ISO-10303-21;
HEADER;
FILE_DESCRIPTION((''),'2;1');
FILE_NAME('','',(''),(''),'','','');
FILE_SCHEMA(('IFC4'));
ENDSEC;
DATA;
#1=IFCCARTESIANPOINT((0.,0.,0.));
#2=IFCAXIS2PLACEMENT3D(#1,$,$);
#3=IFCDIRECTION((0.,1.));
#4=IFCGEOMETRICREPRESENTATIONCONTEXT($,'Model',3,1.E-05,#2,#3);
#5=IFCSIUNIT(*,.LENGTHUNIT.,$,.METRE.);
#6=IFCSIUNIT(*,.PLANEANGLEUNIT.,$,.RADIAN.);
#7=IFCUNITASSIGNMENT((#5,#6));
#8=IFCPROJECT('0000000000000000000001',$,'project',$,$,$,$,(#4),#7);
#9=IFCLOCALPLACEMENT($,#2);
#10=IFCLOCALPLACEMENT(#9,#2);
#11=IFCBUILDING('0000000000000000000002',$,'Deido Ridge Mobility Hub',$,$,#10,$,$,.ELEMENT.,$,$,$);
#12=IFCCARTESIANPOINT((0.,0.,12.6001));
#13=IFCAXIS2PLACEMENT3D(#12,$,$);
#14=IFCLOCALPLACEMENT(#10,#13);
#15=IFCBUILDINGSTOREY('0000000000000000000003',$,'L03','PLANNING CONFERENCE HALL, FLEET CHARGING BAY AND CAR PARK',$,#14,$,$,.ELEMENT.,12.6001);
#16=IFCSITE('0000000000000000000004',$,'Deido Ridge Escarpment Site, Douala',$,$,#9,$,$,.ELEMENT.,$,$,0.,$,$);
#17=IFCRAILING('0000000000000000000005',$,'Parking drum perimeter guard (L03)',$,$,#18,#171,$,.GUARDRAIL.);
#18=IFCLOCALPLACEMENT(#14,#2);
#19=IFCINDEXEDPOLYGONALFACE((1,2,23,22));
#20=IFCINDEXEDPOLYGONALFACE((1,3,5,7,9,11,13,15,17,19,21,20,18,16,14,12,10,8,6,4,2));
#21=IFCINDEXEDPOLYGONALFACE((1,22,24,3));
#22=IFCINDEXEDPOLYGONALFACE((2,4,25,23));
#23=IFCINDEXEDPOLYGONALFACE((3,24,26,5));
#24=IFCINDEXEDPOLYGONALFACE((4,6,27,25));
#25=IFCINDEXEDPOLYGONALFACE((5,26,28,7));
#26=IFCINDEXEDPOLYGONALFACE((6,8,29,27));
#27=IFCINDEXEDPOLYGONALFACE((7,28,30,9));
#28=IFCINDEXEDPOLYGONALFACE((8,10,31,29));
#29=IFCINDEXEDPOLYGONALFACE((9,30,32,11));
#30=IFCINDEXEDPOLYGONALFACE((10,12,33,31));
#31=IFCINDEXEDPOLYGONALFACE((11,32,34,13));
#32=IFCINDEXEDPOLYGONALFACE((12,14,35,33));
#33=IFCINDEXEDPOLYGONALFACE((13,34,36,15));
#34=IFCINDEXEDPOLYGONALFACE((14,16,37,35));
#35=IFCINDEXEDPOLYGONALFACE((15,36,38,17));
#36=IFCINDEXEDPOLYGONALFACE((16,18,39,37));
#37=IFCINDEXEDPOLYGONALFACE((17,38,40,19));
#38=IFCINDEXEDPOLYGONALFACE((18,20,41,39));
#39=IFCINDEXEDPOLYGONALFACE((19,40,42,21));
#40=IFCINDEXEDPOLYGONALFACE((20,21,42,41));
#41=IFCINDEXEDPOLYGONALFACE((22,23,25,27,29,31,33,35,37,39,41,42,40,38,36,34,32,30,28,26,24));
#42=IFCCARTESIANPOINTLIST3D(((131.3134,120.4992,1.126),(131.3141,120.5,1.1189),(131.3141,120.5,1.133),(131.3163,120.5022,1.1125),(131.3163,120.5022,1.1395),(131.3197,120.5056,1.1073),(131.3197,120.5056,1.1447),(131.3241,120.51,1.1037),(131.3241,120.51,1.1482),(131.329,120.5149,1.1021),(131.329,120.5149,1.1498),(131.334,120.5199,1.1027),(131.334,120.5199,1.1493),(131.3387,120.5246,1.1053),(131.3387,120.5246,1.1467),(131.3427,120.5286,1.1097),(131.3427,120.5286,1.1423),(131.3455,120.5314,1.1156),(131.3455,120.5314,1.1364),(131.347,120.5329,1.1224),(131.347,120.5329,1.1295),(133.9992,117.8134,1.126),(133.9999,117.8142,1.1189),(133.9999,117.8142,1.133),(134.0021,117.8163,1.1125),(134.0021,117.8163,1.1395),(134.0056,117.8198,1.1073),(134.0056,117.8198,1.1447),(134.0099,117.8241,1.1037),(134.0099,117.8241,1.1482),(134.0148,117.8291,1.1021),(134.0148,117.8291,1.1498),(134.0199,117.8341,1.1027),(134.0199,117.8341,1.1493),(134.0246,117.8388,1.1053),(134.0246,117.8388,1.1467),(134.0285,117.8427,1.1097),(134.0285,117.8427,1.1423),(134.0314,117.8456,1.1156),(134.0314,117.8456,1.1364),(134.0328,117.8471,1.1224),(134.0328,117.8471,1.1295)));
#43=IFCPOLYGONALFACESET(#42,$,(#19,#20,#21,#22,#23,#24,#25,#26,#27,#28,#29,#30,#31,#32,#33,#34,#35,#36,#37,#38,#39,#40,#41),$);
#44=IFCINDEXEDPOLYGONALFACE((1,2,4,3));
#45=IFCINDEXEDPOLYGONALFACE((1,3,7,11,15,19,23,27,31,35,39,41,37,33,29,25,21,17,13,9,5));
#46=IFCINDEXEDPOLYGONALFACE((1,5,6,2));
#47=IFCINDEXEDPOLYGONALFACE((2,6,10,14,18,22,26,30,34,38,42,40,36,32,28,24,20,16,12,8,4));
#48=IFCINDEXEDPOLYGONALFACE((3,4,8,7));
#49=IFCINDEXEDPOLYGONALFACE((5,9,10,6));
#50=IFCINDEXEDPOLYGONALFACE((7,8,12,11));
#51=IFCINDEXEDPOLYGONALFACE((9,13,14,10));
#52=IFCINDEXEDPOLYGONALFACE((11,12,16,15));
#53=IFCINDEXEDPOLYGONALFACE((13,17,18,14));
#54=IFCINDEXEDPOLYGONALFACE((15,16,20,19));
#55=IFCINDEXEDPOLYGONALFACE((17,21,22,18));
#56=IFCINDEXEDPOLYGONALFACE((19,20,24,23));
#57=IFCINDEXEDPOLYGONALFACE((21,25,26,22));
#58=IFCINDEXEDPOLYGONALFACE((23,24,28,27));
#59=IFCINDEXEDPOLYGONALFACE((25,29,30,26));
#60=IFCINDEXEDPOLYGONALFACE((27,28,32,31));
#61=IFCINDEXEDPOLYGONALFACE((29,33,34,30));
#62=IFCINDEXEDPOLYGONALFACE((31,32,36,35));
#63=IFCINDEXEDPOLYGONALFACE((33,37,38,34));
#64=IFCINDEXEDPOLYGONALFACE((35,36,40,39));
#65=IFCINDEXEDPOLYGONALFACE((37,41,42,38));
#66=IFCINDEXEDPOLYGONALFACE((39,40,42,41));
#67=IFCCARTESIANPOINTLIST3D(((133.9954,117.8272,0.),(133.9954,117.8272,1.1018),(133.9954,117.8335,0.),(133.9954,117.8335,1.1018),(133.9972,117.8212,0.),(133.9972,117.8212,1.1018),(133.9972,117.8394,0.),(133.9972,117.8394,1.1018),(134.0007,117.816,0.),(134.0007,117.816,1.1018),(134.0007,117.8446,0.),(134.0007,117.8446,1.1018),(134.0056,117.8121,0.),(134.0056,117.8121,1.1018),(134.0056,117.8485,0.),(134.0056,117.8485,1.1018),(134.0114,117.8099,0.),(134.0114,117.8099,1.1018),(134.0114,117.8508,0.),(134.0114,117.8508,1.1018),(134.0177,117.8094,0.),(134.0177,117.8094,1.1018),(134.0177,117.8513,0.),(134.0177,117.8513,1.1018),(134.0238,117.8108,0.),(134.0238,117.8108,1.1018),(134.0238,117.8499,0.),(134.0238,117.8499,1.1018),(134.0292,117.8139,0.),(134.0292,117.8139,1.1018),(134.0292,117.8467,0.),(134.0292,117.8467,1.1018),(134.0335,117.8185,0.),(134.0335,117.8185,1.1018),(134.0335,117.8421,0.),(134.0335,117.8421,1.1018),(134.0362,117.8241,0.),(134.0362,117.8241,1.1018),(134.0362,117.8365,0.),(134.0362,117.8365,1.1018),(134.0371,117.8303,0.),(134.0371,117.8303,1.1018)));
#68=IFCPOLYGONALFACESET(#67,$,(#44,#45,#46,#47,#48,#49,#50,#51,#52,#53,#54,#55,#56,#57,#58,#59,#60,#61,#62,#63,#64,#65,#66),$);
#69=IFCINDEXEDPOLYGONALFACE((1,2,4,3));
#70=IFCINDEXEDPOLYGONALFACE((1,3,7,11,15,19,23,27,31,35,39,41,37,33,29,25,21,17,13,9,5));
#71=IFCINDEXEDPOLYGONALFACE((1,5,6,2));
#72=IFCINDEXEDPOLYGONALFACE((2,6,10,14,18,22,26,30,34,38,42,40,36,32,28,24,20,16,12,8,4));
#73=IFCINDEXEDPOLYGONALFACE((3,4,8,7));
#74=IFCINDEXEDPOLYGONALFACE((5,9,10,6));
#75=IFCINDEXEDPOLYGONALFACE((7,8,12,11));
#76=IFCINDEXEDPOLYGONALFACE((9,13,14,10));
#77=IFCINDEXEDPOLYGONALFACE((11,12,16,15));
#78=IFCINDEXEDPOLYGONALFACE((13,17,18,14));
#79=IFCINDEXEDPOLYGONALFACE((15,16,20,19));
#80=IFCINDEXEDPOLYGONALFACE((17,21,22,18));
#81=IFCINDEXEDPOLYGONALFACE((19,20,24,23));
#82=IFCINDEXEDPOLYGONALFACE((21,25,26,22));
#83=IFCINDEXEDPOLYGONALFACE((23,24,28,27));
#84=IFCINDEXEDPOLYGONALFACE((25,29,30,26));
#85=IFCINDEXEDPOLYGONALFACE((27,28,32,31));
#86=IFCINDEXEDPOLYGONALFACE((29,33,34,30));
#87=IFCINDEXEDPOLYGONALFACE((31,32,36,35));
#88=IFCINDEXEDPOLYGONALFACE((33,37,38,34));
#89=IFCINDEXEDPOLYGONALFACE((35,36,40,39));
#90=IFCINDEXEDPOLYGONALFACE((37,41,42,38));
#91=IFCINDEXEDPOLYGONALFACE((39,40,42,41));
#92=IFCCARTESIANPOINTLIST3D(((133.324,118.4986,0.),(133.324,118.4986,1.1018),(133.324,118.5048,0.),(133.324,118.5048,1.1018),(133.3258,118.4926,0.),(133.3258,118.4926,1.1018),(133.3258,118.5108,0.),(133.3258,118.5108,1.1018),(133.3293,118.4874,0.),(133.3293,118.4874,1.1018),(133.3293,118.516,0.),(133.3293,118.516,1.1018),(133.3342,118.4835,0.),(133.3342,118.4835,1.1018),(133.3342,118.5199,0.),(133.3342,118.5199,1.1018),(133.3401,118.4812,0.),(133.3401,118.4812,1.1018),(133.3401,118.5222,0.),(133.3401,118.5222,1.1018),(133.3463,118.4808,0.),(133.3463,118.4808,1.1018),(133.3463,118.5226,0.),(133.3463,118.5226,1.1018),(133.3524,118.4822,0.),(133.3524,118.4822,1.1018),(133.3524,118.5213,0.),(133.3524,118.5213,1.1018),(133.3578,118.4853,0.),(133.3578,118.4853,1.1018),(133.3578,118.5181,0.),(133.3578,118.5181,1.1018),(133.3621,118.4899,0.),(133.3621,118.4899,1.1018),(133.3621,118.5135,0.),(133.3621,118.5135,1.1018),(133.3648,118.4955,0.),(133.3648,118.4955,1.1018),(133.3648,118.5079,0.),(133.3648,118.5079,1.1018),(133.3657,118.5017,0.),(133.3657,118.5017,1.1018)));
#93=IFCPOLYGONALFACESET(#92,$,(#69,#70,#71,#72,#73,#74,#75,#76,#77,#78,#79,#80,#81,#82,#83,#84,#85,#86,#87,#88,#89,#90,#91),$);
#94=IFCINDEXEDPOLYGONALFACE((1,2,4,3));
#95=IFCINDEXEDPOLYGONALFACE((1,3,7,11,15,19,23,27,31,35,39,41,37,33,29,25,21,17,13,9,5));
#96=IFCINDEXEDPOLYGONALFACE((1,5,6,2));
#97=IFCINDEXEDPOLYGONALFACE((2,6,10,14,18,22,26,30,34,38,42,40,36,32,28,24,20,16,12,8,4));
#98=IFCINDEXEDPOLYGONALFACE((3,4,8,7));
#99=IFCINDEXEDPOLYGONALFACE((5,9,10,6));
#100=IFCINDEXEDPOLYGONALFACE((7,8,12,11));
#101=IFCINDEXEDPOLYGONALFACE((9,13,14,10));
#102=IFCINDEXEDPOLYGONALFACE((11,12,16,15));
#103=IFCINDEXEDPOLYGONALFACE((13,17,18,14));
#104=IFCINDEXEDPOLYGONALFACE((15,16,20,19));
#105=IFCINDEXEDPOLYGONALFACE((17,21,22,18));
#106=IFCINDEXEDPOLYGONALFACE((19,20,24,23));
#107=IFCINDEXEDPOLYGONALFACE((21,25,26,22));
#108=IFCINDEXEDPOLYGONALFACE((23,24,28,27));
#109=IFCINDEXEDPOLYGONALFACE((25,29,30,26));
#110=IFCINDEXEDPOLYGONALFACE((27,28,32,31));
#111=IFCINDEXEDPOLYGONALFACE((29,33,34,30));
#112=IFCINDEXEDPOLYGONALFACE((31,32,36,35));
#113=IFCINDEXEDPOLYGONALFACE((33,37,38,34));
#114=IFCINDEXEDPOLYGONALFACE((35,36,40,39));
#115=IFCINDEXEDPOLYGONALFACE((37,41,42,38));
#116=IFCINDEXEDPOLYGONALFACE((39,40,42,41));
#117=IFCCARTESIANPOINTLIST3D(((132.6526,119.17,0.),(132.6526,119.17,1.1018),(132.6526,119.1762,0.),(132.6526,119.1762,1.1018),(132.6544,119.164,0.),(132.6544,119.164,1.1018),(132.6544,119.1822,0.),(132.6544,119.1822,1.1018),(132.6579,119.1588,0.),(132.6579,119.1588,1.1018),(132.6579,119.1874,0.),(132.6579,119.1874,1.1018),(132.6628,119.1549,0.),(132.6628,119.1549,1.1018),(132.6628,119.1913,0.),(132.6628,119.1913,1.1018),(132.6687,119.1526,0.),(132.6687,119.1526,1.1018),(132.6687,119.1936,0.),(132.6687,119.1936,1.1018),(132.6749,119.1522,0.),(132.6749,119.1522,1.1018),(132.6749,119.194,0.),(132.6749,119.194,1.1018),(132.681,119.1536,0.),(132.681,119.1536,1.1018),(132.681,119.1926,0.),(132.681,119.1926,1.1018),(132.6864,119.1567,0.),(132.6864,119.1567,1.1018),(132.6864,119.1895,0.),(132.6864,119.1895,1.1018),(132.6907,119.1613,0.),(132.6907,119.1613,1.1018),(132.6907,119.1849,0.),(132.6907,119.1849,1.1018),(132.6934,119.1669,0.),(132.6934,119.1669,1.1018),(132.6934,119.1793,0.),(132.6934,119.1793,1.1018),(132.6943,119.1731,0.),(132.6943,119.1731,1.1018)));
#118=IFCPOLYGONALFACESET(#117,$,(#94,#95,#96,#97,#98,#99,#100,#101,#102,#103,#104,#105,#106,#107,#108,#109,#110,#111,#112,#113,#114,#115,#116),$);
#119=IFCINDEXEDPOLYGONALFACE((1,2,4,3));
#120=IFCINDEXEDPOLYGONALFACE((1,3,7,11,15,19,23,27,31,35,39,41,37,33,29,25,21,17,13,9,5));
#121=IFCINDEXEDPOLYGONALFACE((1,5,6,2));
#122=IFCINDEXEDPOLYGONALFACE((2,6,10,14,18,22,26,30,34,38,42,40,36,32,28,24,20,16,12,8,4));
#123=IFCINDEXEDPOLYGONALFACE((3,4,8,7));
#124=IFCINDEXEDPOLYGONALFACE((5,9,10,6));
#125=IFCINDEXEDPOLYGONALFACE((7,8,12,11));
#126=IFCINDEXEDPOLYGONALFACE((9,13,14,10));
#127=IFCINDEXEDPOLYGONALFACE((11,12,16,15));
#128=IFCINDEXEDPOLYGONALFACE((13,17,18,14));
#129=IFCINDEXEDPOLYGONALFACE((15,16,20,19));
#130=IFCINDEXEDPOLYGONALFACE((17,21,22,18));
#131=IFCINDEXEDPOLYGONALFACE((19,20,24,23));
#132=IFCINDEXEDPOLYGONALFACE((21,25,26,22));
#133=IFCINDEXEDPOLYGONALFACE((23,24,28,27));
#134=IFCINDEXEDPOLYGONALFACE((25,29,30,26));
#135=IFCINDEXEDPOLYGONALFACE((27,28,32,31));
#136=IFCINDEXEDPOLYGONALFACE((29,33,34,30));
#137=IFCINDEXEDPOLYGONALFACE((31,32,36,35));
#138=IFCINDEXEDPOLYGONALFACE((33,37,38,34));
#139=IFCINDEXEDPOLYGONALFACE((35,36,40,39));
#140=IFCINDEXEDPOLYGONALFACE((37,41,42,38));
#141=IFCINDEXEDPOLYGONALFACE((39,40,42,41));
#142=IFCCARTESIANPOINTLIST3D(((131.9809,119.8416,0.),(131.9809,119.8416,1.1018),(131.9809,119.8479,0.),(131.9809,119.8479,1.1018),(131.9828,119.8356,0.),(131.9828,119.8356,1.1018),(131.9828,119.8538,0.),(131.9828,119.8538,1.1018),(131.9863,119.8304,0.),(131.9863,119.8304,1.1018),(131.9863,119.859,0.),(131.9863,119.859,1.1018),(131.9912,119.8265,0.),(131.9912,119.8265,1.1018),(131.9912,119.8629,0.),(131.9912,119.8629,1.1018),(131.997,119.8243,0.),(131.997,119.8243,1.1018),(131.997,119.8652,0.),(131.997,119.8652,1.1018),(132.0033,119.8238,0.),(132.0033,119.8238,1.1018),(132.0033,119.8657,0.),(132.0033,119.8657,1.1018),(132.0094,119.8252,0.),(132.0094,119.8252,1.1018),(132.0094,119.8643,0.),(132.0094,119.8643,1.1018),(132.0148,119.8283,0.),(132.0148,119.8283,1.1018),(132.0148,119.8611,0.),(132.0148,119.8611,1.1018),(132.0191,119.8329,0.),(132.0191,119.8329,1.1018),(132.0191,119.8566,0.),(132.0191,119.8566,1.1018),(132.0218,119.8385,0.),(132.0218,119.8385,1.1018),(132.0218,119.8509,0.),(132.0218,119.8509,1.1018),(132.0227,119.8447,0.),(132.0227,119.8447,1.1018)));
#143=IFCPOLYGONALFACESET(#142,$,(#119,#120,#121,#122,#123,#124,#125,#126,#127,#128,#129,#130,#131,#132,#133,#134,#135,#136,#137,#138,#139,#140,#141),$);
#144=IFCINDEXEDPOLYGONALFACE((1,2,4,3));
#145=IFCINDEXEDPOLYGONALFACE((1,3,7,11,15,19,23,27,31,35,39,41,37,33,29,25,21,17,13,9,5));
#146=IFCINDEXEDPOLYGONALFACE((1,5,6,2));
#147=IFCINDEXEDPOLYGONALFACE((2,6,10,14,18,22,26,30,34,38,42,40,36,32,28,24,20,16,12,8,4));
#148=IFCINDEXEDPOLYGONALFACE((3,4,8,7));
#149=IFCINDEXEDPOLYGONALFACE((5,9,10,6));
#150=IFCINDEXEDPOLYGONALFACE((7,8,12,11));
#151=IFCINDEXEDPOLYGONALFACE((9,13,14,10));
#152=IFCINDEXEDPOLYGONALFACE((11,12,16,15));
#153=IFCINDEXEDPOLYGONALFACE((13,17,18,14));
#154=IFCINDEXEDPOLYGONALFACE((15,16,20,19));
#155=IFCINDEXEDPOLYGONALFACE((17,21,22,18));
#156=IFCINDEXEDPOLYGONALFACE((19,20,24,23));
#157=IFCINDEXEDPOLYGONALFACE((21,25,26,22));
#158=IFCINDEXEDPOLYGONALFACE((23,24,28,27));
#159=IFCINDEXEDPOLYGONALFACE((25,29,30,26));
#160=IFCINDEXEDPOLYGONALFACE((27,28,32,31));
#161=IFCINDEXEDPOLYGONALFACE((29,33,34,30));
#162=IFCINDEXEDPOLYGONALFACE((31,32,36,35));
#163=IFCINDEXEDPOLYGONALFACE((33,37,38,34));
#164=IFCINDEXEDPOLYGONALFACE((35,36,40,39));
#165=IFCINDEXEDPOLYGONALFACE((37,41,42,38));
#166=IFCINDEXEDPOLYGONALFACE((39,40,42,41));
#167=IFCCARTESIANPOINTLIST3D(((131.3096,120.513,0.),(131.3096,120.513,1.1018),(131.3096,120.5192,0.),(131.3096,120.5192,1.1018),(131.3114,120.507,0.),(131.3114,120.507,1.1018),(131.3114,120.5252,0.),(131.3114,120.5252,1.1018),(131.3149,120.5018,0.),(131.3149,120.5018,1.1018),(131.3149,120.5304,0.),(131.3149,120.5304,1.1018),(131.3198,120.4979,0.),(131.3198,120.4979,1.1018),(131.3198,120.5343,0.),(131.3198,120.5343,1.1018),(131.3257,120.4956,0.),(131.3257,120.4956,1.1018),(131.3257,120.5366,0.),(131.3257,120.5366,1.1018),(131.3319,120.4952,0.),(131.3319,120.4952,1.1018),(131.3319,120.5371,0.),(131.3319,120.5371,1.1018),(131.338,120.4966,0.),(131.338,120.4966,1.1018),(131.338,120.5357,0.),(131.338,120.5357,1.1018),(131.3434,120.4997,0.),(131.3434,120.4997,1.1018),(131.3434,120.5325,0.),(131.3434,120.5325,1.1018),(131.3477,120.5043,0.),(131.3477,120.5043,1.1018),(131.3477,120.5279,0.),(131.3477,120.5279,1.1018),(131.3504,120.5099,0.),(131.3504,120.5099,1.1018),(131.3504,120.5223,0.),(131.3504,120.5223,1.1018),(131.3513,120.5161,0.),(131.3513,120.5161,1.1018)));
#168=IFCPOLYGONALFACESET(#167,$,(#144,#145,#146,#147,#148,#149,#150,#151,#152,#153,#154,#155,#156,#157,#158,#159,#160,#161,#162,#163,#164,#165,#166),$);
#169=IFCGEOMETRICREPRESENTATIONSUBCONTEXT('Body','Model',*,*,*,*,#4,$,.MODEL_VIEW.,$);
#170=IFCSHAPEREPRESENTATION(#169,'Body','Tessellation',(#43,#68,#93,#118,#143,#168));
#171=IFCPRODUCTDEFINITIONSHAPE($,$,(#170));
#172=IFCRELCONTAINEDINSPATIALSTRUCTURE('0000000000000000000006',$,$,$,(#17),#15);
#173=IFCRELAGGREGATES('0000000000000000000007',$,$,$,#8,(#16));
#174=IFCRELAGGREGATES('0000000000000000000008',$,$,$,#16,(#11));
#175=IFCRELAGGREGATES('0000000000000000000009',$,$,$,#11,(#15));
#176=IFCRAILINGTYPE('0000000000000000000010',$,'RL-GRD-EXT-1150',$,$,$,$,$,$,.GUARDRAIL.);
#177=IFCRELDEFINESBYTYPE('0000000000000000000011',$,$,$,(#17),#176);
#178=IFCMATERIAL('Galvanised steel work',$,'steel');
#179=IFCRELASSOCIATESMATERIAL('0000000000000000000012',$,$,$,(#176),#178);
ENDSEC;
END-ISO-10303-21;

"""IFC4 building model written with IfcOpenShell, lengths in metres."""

from ifc_helpers import new_model, si_unit, direction, frame, origin, origin_2d, place, context, subcontext, project, spatial, circle, extrude, material, type_object, element, save


model = new_model("IFC4")

# Units and contexts
model_context = context("Model", 3, precision=1e-05, world=origin(), true_north=direction((0.0, 1.0)))
body_context = subcontext(model_context, "Body", "Model", "MODEL_VIEW")
ifc_project = project(units=[si_unit("LENGTHUNIT", "METRE"), si_unit("PLANEANGLEUNIT", "RADIAN")], contexts=[model_context])

# Site, building, storey
site_placement = place(None, origin())
site = spatial("IfcSite", under=ifc_project, at=site_placement, Name="Deido Ridge Escarpment Site, Douala", CompositionType="ELEMENT", RefElevation=0.0)
building_placement = place(site_placement, origin())
building = spatial("IfcBuilding", under=site, at=building_placement, Name="Deido Ridge Mobility Hub", CompositionType="ELEMENT")
storey_placement = place(building_placement, frame((0.0, 0.0, 12.6001)))
storey = spatial("IfcBuildingStorey", under=building, at=storey_placement, Name="L03", Description="PLANNING CONFERENCE HALL, FLEET CHARGING BAY AND CAR PARK", CompositionType="ELEMENT", Elevation=12.6001)

# Railing
ifc_material_1 = material(Name="Galvanised steel work", Category="steel")
railing_type = type_object("IfcRailingType", Name="RL-GRD-EXT-1150", PredefinedType="GUARDRAIL", material=ifc_material_1)
railing_1_placement = place(storey_placement, frame((134.0161, 117.8303, 0.0)))
element("IfcRailing", 1, at=railing_1_placement, inside=storey, type_object=railing_type, Name="Parking drum perimeter guard (L03)", PredefinedType="GUARDRAIL", context=body_context, shape_type="SweptSolid", body=[
    extrude(circle(Radius=0.0239, at=origin_2d()), frame((0.0, 0.0, 1.126), z_axis=(-0.707107, 0.707107, 0.0), x_axis=(-0.707107, -0.707107, 0.0)), (0.0, 0.0, 1.0), 3.7983),
    extrude(circle(Radius=0.021, at=origin_2d()), origin(), (0.0, 0.0, 1.0), 1.1018),
    extrude(circle(Radius=0.021, at=origin_2d()), frame((-0.6714, 0.6714, 0.0)), (0.0, 0.0, 1.0), 1.1018),
    extrude(circle(Radius=0.021, at=origin_2d()), frame((-1.3428, 1.3428, 0.0)), (0.0, 0.0, 1.0), 1.1018),
    extrude(circle(Radius=0.021, at=origin_2d()), frame((-2.0144, 2.0144, 0.0)), (0.0, 0.0, 1.0), 1.1018),
    extrude(circle(Radius=0.021, at=origin_2d()), frame((-2.6858, 2.6858, 0.0)), (0.0, 0.0, 1.0), 1.1018),
])

save(model, "model.ifc")
